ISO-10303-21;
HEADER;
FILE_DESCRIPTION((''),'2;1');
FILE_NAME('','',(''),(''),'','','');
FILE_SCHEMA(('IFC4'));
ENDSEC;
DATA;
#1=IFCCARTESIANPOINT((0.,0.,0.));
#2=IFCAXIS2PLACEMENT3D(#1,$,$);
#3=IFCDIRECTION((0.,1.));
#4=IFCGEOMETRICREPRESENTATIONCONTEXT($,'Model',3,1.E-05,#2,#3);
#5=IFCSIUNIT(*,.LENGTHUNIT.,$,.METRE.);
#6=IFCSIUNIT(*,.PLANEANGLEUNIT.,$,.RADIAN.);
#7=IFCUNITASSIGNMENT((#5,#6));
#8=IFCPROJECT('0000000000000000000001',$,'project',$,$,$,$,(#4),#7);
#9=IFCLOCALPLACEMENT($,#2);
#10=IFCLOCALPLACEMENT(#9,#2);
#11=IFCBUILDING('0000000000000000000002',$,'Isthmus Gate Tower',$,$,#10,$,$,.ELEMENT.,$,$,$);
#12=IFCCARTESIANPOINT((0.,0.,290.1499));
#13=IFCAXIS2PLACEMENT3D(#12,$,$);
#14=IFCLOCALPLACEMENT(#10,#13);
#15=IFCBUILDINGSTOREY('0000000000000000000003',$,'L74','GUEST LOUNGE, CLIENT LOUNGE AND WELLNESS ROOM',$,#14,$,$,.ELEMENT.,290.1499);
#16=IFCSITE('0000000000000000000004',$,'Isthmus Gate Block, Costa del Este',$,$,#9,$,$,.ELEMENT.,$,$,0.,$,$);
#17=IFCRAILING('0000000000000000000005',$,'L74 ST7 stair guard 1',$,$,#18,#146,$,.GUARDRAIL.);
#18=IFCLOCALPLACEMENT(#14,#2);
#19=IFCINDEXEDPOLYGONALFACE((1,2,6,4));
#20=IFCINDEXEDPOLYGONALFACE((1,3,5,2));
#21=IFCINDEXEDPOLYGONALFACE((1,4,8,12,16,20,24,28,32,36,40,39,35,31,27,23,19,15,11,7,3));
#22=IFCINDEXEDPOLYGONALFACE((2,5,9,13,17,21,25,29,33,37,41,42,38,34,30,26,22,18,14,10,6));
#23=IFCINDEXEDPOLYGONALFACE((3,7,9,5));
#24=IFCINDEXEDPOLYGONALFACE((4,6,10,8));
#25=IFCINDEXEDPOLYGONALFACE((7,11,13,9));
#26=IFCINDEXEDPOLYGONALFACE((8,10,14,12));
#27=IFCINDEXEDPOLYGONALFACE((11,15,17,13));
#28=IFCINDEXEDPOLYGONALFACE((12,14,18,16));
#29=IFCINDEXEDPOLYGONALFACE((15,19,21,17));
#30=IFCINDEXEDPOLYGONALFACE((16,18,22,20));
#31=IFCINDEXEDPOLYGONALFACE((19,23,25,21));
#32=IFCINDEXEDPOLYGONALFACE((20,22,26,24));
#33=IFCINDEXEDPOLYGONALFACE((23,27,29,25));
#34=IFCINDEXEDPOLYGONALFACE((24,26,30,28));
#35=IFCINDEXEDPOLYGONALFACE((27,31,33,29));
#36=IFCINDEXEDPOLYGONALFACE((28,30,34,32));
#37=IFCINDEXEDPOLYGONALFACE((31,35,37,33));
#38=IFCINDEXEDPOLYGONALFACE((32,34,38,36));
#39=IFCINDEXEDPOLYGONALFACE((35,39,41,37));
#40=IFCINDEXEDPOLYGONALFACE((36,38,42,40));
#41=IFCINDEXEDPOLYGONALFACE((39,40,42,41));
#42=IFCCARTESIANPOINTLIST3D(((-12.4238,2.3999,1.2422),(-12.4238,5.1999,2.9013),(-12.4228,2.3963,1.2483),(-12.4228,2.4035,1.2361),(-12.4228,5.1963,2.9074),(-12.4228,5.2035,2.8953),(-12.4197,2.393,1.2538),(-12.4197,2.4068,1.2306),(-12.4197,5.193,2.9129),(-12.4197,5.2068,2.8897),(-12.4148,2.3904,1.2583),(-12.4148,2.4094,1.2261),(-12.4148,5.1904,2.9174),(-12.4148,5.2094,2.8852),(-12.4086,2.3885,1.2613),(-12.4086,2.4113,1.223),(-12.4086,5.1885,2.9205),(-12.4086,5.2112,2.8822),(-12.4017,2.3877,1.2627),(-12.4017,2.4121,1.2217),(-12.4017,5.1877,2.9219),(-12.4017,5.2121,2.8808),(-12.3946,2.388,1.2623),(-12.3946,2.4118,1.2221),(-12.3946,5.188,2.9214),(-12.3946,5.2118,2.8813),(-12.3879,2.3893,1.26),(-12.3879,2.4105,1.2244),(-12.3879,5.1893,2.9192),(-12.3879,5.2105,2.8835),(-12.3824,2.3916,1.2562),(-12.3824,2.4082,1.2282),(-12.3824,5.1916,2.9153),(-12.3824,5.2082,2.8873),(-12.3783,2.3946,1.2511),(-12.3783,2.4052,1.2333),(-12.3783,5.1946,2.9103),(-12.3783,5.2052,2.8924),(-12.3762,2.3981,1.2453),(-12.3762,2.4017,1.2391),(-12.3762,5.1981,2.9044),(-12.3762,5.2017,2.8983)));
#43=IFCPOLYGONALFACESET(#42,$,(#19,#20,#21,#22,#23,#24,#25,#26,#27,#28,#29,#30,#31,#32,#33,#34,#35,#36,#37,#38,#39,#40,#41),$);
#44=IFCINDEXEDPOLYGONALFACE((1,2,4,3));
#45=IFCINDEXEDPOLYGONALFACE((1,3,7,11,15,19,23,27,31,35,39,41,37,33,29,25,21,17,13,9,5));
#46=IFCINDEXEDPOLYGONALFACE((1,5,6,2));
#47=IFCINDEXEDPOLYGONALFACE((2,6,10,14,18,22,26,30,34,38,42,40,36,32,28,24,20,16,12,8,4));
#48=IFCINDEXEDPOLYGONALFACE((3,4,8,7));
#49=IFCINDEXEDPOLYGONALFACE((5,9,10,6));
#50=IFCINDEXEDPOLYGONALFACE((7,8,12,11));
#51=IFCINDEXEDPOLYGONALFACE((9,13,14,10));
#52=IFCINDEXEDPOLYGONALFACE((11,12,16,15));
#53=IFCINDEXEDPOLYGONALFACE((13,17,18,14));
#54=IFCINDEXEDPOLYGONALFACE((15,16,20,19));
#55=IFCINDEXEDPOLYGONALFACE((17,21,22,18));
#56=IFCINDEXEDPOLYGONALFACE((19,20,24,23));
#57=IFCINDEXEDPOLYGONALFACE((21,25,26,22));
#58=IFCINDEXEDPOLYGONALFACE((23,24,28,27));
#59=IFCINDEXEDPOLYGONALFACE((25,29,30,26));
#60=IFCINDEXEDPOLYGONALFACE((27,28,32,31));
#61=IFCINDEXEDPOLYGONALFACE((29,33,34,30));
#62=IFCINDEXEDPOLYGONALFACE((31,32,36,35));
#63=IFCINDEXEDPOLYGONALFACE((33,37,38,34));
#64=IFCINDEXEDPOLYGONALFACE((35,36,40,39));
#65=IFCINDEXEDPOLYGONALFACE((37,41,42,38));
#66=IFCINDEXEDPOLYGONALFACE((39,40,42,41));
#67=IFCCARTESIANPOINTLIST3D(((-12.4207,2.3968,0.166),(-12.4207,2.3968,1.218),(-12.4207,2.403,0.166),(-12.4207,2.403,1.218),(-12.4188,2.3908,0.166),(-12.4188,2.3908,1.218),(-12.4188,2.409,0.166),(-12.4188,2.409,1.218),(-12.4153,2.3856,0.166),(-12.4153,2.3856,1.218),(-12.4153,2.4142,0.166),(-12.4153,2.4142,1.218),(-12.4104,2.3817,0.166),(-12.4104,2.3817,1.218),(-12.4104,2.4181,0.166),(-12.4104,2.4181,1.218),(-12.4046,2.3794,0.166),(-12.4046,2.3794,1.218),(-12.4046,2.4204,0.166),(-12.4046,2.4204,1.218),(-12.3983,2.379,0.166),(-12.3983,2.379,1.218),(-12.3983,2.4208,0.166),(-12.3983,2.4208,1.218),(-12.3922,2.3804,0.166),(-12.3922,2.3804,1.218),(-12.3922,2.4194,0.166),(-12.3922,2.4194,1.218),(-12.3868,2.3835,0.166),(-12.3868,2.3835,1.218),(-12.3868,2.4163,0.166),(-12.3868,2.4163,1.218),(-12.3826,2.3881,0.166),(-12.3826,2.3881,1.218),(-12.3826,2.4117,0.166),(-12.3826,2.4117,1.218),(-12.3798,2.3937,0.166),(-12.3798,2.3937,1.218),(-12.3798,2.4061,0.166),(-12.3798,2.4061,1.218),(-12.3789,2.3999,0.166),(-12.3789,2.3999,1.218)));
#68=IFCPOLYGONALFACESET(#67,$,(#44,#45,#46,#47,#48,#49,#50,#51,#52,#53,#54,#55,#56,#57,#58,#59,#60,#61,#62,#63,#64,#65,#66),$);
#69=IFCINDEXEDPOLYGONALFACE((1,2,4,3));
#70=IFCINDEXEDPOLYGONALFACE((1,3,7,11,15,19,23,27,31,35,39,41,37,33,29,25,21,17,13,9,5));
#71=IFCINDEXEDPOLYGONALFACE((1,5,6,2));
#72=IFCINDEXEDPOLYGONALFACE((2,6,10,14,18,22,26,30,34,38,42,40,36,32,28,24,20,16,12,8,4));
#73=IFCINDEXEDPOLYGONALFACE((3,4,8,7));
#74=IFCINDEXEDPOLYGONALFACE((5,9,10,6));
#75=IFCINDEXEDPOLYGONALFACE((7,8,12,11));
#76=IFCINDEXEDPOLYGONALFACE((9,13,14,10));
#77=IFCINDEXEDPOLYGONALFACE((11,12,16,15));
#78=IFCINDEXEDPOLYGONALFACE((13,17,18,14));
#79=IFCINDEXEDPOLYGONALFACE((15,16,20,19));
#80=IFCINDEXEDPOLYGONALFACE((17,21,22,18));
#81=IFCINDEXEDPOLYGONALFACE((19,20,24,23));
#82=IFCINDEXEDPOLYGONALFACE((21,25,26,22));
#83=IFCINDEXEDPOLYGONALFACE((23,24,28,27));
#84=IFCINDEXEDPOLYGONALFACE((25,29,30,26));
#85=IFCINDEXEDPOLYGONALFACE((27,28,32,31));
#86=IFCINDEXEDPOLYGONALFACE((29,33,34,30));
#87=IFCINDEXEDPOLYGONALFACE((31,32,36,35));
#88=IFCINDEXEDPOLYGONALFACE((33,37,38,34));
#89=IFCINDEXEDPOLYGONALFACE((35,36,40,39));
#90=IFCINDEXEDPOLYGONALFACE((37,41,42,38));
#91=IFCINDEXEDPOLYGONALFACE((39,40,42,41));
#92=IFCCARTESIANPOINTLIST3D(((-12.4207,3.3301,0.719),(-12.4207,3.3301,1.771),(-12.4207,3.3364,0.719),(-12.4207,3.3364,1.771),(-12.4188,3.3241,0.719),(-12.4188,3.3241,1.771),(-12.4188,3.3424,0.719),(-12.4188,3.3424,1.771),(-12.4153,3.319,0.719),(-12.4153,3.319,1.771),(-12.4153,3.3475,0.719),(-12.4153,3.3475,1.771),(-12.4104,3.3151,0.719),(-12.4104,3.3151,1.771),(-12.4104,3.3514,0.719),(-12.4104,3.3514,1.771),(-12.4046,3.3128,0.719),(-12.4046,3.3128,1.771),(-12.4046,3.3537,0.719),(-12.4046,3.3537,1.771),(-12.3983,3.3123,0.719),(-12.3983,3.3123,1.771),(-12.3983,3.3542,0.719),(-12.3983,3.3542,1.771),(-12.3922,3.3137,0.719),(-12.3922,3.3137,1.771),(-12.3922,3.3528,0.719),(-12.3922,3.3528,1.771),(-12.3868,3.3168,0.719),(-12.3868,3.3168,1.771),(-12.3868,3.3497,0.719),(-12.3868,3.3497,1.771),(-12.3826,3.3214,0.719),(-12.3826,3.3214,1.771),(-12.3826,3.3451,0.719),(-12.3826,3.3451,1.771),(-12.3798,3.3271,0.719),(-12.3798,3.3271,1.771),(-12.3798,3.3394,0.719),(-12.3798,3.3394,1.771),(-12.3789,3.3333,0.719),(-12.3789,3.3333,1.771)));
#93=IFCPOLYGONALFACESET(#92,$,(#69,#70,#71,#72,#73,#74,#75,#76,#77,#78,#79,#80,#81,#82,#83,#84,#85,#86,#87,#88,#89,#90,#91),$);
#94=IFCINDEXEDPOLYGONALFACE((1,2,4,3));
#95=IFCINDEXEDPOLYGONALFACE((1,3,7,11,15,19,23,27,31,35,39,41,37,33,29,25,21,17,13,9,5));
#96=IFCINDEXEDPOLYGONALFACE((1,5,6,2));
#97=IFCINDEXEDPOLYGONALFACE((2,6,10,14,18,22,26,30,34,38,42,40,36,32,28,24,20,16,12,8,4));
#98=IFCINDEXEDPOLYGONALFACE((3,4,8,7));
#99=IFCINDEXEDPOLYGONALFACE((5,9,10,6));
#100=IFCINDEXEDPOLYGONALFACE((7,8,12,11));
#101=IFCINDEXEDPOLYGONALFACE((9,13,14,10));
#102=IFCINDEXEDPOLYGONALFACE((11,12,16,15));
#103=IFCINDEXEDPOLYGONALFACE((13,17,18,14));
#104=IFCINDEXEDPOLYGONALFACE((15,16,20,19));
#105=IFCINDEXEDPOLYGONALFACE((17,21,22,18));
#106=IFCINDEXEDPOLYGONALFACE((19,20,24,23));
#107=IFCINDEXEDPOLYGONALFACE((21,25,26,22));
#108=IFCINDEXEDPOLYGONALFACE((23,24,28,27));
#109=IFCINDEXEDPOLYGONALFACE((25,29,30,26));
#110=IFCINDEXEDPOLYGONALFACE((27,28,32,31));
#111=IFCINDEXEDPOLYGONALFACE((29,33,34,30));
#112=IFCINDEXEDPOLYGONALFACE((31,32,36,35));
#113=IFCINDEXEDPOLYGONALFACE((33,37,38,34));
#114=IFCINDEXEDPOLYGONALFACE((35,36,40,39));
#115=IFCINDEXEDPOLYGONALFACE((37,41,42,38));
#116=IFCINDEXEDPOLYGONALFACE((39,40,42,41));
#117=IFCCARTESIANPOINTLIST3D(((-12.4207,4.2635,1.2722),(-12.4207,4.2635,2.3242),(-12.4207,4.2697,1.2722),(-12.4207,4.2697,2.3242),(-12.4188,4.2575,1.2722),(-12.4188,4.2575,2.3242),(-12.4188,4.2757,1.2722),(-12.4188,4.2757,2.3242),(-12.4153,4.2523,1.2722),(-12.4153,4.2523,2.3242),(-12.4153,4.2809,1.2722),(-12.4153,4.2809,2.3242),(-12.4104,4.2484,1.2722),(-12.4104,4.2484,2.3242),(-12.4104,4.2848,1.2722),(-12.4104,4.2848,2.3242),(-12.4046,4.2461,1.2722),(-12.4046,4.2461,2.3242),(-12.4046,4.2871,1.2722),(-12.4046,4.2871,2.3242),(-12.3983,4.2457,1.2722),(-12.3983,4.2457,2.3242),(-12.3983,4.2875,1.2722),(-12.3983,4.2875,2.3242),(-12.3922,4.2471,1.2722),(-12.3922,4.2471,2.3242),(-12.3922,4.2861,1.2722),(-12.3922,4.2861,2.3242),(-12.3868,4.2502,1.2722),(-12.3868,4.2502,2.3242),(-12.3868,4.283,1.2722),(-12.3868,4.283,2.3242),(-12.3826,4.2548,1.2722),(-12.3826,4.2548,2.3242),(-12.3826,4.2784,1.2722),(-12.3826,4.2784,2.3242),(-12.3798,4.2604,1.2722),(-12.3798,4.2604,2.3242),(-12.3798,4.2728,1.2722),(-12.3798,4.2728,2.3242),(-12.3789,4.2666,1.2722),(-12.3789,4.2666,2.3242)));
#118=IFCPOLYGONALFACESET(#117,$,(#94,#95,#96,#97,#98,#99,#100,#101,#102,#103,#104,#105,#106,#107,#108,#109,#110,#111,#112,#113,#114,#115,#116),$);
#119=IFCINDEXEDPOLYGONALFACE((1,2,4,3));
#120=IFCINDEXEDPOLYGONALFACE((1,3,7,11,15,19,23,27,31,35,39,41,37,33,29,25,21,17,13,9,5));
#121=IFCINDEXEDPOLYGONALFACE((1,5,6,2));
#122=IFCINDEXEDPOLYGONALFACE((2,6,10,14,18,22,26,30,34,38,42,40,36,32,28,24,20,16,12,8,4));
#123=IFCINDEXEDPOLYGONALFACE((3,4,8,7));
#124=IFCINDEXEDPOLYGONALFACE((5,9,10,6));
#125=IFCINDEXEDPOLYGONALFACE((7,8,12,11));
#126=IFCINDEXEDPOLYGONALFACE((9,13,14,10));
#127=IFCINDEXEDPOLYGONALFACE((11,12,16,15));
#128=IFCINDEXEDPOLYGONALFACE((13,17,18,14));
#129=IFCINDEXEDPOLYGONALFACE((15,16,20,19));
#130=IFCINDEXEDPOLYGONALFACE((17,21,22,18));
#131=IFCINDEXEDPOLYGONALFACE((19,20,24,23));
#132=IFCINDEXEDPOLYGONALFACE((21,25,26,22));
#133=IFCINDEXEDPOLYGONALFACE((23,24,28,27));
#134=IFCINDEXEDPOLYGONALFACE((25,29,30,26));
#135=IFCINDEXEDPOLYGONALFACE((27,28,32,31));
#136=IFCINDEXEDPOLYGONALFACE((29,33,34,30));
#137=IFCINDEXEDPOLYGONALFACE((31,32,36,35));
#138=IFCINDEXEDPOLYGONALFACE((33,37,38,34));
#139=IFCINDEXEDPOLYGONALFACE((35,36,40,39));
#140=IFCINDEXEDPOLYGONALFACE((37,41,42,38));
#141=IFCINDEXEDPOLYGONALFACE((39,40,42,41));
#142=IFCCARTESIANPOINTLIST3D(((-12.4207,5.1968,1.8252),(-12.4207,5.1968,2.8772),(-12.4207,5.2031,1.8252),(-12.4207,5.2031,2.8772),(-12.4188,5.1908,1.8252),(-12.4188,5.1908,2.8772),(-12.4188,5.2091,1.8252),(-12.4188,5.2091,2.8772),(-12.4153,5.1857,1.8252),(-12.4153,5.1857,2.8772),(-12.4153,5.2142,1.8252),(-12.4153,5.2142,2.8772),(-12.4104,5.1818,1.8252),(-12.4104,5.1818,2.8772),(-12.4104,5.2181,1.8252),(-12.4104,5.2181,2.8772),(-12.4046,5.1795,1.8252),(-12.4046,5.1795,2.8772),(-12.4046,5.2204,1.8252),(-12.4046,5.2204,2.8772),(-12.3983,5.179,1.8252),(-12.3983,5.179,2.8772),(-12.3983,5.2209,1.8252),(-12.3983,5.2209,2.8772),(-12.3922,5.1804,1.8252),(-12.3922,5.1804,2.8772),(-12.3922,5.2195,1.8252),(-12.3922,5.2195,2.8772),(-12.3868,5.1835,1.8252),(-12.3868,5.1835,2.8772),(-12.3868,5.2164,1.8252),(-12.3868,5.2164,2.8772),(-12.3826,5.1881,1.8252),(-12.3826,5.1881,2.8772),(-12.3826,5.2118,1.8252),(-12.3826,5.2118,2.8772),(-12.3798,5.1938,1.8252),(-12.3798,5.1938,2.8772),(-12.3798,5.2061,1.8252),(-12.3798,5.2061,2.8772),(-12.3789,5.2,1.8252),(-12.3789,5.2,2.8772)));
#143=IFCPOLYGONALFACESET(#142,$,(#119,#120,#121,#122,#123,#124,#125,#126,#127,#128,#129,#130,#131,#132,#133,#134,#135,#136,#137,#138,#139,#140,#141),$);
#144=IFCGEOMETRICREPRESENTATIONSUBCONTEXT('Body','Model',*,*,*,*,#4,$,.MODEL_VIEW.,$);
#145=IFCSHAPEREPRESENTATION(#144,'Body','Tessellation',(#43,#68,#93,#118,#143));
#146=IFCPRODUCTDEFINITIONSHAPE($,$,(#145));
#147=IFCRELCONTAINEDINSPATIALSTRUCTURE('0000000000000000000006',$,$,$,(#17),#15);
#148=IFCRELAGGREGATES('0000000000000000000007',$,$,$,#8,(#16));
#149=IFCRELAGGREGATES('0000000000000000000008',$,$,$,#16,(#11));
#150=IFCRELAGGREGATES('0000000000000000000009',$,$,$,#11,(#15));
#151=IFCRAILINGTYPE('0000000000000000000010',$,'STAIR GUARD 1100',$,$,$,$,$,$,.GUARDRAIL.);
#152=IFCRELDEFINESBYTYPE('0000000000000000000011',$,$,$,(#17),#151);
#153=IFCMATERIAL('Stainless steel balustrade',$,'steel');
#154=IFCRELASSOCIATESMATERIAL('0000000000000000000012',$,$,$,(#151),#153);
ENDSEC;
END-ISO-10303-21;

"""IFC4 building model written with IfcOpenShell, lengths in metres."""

from ifc_helpers import new_model, si_unit, direction, frame, origin, origin_2d, place, context, subcontext, project, spatial, circle, extrude, material, type_object, element, save


model = new_model("IFC4")

# Units and contexts
model_context = context("Model", 3, precision=1e-05, world=origin(), true_north=direction((0.0, 1.0)))
body_context = subcontext(model_context, "Body", "Model", "MODEL_VIEW")
ifc_project = project(units=[si_unit("LENGTHUNIT", "METRE"), si_unit("PLANEANGLEUNIT", "RADIAN")], contexts=[model_context])

# Site, building, storey
site_placement = place(None, origin())
site = spatial("IfcSite", under=ifc_project, at=site_placement, Name="Isthmus Gate Block, Costa del Este", CompositionType="ELEMENT", RefElevation=0.0)
building_placement = place(site_placement, origin())
building = spatial("IfcBuilding", under=site, at=building_placement, Name="Isthmus Gate Tower", CompositionType="ELEMENT")
storey_placement = place(building_placement, frame((0.0, 0.0, 290.1499)))
storey = spatial("IfcBuildingStorey", under=building, at=storey_placement, Name="L74", Description="GUEST LOUNGE, CLIENT LOUNGE AND WELLNESS ROOM", CompositionType="ELEMENT", Elevation=290.1499)

# Railing
ifc_material_1 = material(Name="Stainless steel balustrade", Category="steel")
railing_type_1 = type_object("IfcRailingType", Name="STAIR GUARD 1100", PredefinedType="GUARDRAIL", material=ifc_material_1)
railing_1_placement = place(storey_placement, frame((-12.3999, 2.3999, 0.166)))
element("IfcRailing", 1, at=railing_1_placement, inside=storey, type_object=railing_type_1, Name="L74 ST7 stair guard 1", PredefinedType="GUARDRAIL", context=body_context, shape_type="SweptSolid", body=[
    extrude(circle(Radius=0.0239, at=origin_2d()), frame((0.0, 0.0, 1.0762), z_axis=(0.0, 0.860306, 0.509778), x_axis=(-1.0, 0.0, 0.0)), (0.0, 0.0, 1.0), 3.2546),
    extrude(circle(Radius=0.021, at=origin_2d()), origin(), (0.0, 0.0, 1.0), 1.052),
    extrude(circle(Radius=0.021, at=origin_2d()), frame((0.0, 0.9333, 0.553)), (0.0, 0.0, 1.0), 1.052),
    extrude(circle(Radius=0.021, at=origin_2d()), frame((0.0, 1.8667, 1.1062)), (0.0, 0.0, 1.0), 1.052),
    extrude(circle(Radius=0.021, at=origin_2d()), frame((0.0, 2.8, 1.6592)), (0.0, 0.0, 1.0), 1.052),
])

save(model, "model.ifc")
